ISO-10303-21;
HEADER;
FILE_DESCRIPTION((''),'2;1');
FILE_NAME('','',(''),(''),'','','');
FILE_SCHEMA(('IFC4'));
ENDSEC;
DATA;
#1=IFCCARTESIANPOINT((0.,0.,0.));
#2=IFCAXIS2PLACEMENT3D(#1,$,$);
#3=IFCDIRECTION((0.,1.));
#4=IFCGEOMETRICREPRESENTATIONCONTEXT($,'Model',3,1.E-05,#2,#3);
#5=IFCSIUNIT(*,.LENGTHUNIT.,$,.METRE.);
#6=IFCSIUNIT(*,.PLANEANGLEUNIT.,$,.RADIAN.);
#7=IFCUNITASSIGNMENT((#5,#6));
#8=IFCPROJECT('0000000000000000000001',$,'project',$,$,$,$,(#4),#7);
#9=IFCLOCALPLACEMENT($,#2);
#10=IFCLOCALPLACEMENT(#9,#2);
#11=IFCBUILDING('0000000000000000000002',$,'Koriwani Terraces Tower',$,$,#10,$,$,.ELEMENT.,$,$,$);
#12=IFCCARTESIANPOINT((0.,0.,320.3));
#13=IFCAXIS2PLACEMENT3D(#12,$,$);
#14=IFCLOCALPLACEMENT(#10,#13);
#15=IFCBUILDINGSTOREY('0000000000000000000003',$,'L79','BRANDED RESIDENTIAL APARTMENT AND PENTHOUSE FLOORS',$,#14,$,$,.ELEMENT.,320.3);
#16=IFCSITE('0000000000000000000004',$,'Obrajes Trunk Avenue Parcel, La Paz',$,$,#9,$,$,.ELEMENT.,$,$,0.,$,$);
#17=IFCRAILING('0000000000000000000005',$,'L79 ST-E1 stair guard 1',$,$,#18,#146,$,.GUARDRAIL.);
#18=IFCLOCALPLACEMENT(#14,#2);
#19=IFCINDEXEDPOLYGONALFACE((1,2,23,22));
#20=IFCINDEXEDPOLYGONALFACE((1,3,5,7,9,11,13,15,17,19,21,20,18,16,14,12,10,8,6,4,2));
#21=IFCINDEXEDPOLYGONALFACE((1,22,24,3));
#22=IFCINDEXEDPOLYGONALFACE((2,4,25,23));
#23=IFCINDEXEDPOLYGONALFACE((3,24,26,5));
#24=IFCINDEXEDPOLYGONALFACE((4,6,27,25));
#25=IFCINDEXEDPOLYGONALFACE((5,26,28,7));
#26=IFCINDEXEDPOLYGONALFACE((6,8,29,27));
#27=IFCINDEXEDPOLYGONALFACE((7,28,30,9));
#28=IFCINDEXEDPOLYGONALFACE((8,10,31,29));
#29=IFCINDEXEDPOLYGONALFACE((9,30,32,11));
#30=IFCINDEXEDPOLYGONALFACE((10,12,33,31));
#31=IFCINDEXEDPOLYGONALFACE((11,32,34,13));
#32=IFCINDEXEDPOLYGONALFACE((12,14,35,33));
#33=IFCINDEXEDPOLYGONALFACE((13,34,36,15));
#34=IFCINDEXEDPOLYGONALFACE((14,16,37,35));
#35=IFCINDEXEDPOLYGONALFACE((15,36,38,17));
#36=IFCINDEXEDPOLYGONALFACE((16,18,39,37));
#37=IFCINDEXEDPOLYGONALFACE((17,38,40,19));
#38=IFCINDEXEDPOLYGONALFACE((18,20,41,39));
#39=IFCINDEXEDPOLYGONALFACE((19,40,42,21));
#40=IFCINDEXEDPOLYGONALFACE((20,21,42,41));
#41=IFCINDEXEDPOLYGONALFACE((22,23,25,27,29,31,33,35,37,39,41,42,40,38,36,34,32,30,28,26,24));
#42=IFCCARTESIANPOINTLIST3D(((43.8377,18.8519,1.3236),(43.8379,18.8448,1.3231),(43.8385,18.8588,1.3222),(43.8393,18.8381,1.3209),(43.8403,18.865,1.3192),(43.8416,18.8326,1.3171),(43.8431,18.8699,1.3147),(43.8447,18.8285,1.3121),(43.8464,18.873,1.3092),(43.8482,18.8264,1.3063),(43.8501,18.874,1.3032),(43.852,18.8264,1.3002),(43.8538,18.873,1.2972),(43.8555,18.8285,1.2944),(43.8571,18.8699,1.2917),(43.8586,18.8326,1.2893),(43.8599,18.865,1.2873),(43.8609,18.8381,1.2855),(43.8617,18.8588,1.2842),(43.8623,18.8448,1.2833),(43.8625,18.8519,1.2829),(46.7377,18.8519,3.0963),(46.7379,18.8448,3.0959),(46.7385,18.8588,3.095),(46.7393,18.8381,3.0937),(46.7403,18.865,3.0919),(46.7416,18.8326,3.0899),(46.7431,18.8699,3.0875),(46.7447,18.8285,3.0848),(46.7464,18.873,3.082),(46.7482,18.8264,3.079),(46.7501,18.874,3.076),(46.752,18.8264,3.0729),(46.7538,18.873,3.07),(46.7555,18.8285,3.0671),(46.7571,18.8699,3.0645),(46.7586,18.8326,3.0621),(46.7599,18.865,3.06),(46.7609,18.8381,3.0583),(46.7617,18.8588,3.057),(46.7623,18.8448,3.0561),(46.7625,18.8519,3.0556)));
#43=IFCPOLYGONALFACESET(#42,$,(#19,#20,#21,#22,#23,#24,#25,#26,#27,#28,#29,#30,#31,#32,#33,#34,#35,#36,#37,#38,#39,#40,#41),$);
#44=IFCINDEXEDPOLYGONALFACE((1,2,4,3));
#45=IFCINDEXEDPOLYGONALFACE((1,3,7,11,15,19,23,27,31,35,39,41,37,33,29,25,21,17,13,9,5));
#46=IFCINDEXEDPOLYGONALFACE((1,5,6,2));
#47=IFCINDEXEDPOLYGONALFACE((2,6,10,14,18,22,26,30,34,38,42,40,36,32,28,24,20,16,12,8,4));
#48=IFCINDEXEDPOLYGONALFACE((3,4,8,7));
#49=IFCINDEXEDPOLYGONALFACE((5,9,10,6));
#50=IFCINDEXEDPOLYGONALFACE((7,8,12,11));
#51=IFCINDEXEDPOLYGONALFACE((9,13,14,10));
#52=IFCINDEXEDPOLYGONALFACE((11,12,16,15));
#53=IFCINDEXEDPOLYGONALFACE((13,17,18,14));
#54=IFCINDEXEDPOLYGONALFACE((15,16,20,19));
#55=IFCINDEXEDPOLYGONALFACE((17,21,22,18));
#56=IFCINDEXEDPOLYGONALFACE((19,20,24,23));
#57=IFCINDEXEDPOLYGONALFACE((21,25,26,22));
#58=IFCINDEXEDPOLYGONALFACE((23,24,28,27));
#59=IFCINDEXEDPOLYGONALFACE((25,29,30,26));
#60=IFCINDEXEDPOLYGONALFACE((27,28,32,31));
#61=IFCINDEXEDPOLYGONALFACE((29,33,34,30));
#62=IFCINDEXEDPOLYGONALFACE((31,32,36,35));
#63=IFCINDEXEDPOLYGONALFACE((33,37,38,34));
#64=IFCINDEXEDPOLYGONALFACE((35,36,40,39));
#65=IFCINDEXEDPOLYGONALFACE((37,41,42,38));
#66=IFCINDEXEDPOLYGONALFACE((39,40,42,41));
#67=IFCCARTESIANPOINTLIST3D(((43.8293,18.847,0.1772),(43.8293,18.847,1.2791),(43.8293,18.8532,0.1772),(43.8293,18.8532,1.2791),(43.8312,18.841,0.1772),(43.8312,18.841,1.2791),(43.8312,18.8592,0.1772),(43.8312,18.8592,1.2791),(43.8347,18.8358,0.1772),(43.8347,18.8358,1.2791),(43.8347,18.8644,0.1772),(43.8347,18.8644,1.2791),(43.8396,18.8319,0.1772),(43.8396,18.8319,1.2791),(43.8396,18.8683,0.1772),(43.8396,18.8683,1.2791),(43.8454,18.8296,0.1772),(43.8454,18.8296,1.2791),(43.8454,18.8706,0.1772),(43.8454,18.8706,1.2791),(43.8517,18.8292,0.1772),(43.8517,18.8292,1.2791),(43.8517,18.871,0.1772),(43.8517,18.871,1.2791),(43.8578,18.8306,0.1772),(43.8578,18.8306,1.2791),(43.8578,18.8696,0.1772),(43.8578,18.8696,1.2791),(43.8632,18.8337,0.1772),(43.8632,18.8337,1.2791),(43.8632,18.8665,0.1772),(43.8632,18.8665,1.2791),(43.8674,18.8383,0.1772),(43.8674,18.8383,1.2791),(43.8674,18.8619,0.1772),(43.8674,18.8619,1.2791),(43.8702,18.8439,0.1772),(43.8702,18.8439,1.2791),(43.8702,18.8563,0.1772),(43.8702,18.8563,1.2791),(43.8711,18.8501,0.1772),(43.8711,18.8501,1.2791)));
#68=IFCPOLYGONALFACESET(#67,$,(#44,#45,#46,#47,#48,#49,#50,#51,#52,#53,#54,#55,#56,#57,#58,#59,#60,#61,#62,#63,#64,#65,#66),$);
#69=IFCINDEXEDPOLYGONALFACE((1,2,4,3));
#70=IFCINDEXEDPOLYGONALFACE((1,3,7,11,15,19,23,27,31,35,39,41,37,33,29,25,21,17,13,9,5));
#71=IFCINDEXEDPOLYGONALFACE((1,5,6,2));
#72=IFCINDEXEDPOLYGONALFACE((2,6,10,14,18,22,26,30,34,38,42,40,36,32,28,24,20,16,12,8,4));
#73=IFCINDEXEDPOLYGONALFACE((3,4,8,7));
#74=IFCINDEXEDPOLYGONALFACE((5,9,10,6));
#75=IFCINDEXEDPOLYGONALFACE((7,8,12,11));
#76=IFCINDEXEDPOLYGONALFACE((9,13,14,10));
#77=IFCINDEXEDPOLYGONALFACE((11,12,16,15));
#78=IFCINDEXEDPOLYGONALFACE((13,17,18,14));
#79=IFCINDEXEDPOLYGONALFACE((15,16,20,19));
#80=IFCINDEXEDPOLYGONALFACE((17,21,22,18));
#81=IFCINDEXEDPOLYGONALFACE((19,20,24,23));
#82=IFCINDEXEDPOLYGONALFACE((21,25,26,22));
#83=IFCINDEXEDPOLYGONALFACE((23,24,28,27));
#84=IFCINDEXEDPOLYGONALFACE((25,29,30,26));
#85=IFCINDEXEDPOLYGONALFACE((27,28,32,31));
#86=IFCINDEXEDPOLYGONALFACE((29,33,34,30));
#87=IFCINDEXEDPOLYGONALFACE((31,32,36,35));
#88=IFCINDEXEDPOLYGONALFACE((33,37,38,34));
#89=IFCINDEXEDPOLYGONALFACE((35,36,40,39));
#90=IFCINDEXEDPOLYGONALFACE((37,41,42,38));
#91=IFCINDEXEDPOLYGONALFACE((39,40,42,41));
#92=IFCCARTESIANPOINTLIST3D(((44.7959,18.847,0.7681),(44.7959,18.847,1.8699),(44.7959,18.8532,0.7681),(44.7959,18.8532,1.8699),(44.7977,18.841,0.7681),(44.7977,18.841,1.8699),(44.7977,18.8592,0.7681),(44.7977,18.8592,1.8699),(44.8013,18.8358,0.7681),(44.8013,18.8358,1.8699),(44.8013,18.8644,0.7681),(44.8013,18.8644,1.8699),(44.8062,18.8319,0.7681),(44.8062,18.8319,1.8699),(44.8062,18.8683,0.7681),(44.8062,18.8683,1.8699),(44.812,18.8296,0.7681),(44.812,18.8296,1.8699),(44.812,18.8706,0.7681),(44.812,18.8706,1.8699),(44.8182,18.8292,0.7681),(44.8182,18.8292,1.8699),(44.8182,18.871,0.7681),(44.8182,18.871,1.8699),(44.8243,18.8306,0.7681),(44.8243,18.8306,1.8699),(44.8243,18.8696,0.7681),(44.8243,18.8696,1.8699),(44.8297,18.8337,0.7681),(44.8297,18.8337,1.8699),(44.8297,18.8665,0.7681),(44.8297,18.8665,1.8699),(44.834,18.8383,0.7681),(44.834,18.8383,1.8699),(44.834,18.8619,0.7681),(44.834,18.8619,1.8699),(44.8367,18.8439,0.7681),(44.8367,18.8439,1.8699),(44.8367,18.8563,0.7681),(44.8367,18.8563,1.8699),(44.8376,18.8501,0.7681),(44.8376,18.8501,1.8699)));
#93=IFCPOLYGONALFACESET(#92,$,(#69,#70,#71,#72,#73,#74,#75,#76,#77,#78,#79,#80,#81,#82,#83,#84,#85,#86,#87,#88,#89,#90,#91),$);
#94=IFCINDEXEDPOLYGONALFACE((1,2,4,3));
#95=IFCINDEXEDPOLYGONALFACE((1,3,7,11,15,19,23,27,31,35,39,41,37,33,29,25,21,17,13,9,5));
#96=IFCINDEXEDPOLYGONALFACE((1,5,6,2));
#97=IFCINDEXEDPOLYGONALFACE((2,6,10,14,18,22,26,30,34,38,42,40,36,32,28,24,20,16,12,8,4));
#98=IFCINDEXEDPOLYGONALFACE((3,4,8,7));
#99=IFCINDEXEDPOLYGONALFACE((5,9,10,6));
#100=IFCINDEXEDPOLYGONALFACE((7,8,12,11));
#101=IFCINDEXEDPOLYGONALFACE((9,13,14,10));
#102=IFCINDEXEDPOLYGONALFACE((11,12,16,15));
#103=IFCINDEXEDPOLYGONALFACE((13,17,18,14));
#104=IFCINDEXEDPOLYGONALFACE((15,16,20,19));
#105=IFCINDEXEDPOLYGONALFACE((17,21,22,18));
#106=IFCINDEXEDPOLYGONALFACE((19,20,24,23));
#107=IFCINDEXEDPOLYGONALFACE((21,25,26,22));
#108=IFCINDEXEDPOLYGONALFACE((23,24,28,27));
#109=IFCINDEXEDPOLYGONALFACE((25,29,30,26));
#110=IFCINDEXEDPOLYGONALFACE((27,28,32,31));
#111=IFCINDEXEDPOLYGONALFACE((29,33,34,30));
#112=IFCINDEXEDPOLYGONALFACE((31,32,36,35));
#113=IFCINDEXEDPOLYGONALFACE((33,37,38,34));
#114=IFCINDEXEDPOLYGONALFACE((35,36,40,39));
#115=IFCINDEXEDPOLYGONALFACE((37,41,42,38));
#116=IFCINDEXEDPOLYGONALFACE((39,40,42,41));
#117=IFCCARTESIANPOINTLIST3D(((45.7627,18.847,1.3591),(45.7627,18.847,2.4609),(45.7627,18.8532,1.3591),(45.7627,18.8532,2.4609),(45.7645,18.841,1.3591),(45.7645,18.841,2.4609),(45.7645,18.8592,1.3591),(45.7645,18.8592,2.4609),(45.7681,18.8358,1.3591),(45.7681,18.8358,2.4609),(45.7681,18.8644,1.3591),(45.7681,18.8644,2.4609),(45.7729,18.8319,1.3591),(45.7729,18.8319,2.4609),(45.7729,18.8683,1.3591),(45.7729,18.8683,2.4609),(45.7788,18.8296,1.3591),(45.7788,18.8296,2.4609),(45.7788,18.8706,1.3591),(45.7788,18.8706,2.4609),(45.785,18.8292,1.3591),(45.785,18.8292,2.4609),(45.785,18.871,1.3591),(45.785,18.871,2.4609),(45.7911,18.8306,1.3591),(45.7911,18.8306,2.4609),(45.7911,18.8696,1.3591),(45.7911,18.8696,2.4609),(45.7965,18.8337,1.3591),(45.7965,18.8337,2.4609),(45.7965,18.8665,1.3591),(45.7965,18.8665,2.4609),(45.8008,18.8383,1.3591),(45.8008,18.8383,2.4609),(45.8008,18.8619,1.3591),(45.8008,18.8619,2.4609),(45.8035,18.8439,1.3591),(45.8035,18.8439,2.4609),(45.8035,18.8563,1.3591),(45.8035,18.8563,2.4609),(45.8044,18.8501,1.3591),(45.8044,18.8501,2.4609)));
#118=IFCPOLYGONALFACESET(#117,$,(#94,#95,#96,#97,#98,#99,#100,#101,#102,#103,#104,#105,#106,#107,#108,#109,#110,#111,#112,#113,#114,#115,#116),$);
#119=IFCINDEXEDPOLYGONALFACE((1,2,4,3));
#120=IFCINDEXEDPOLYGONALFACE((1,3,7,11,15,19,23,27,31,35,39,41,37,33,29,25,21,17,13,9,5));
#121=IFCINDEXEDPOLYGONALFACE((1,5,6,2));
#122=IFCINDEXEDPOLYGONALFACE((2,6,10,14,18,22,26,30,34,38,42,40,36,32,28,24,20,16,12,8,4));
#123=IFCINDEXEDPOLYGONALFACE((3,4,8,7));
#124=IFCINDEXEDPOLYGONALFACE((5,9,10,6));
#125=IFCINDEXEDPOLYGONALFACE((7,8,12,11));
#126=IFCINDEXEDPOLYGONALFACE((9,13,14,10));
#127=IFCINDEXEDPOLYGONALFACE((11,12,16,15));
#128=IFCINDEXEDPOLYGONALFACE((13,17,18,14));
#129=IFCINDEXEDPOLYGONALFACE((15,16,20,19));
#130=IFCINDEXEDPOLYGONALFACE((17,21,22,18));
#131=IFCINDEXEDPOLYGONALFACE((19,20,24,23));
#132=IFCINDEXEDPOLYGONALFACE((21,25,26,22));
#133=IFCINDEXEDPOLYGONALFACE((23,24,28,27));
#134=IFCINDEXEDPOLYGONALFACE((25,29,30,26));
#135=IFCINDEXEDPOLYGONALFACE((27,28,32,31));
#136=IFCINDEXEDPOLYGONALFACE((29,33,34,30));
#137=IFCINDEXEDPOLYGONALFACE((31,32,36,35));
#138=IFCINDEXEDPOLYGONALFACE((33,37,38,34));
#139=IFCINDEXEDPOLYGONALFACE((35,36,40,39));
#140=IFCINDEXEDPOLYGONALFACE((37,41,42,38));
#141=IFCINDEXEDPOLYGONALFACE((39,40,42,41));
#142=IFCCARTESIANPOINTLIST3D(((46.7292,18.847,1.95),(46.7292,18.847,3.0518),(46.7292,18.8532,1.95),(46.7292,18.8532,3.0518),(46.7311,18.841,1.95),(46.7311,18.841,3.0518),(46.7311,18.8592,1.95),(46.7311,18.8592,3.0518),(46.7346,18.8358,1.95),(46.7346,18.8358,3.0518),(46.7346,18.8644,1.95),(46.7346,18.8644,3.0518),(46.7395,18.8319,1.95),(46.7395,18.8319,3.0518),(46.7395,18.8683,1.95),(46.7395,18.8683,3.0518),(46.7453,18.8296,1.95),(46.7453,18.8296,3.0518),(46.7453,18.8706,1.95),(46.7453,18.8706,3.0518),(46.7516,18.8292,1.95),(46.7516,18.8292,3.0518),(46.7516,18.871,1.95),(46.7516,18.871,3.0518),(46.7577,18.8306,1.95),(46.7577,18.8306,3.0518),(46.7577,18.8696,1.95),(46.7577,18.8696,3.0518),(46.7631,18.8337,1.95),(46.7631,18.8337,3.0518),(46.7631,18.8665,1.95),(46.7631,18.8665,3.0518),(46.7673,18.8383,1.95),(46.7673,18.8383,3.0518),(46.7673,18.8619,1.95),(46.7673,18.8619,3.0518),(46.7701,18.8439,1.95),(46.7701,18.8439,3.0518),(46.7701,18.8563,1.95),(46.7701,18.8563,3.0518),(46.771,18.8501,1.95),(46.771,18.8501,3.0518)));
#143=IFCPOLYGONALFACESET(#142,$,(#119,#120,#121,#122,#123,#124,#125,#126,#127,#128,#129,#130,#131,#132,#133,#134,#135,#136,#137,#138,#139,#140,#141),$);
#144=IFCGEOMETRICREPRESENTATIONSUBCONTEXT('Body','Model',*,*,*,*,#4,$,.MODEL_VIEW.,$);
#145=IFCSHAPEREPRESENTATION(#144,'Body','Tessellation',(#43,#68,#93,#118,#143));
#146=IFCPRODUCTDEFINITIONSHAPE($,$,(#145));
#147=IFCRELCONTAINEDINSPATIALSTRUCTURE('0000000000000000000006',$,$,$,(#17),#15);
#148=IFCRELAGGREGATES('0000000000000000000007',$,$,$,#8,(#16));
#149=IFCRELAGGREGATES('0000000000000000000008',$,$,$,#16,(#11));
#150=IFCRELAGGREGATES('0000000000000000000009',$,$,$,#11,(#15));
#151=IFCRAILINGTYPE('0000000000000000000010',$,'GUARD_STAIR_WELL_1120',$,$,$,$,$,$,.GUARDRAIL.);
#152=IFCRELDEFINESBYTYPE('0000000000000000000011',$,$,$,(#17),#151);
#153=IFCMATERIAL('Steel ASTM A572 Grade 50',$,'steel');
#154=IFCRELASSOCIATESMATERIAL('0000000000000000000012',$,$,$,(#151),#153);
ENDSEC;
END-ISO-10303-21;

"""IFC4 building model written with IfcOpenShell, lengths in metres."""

from ifc_helpers import new_model, si_unit, direction, frame, origin, origin_2d, place, context, subcontext, project, spatial, circle, extrude, material, type_object, element, save


model = new_model("IFC4")

# Units and contexts
model_context = context("Model", 3, precision=1e-05, world=origin(), true_north=direction((0.0, 1.0)))
body_context = subcontext(model_context, "Body", "Model", "MODEL_VIEW")
ifc_project = project(units=[si_unit("LENGTHUNIT", "METRE"), si_unit("PLANEANGLEUNIT", "RADIAN")], contexts=[model_context])

# Site, building, storey
site_placement = place(None, origin())
site = spatial("IfcSite", under=ifc_project, at=site_placement, Name="Obrajes Trunk Avenue Parcel, La Paz", CompositionType="ELEMENT", RefElevation=0.0)
building_placement = place(site_placement, origin())
building = spatial("IfcBuilding", under=site, at=building_placement, Name="Koriwani Terraces Tower", CompositionType="ELEMENT")
storey_placement = place(building_placement, frame((0.0, 0.0, 320.3)))
storey = spatial("IfcBuildingStorey", under=building, at=storey_placement, Name="L79", Description="BRANDED RESIDENTIAL APARTMENT AND PENTHOUSE FLOORS", CompositionType="ELEMENT", Elevation=320.3)

# Railing
ifc_material_1 = material(Name="Steel ASTM A572 Grade 50", Category="steel")
railing_type_1 = type_object("IfcRailingType", Name="GUARD_STAIR_WELL_1120", PredefinedType="GUARDRAIL", material=ifc_material_1)
railing_1_placement = place(storey_placement, frame((43.8501, 18.8501, 0.1772)))
element("IfcRailing", 1, at=railing_1_placement, inside=storey, type_object=railing_type_1, Name="L79 ST-E1 stair guard 1", PredefinedType="GUARDRAIL", context=body_context, shape_type="SweptSolid", body=[
    extrude(circle(Radius=0.0239, at=origin_2d()), frame((0.0, 0.0, 1.126), z_axis=(0.853211, 0.0, 0.521566), x_axis=(0.0, 1.0, 0.0)), (0.0, 0.0, 1.0), 3.3989),
    extrude(circle(Radius=0.021, at=origin_2d()), origin(), (0.0, 0.0, 1.0), 1.1018),
    extrude(circle(Radius=0.021, at=origin_2d()), frame((0.9666, 0.0, 0.5908)), (0.0, 0.0, 1.0), 1.1018),
    extrude(circle(Radius=0.021, at=origin_2d()), frame((1.9333, 0.0, 1.1819)), (0.0, 0.0, 1.0), 1.1018),
    extrude(circle(Radius=0.021, at=origin_2d()), frame((2.8999, 0.0, 1.7727)), (0.0, 0.0, 1.0), 1.1018),
])

save(model, "model.ifc")
